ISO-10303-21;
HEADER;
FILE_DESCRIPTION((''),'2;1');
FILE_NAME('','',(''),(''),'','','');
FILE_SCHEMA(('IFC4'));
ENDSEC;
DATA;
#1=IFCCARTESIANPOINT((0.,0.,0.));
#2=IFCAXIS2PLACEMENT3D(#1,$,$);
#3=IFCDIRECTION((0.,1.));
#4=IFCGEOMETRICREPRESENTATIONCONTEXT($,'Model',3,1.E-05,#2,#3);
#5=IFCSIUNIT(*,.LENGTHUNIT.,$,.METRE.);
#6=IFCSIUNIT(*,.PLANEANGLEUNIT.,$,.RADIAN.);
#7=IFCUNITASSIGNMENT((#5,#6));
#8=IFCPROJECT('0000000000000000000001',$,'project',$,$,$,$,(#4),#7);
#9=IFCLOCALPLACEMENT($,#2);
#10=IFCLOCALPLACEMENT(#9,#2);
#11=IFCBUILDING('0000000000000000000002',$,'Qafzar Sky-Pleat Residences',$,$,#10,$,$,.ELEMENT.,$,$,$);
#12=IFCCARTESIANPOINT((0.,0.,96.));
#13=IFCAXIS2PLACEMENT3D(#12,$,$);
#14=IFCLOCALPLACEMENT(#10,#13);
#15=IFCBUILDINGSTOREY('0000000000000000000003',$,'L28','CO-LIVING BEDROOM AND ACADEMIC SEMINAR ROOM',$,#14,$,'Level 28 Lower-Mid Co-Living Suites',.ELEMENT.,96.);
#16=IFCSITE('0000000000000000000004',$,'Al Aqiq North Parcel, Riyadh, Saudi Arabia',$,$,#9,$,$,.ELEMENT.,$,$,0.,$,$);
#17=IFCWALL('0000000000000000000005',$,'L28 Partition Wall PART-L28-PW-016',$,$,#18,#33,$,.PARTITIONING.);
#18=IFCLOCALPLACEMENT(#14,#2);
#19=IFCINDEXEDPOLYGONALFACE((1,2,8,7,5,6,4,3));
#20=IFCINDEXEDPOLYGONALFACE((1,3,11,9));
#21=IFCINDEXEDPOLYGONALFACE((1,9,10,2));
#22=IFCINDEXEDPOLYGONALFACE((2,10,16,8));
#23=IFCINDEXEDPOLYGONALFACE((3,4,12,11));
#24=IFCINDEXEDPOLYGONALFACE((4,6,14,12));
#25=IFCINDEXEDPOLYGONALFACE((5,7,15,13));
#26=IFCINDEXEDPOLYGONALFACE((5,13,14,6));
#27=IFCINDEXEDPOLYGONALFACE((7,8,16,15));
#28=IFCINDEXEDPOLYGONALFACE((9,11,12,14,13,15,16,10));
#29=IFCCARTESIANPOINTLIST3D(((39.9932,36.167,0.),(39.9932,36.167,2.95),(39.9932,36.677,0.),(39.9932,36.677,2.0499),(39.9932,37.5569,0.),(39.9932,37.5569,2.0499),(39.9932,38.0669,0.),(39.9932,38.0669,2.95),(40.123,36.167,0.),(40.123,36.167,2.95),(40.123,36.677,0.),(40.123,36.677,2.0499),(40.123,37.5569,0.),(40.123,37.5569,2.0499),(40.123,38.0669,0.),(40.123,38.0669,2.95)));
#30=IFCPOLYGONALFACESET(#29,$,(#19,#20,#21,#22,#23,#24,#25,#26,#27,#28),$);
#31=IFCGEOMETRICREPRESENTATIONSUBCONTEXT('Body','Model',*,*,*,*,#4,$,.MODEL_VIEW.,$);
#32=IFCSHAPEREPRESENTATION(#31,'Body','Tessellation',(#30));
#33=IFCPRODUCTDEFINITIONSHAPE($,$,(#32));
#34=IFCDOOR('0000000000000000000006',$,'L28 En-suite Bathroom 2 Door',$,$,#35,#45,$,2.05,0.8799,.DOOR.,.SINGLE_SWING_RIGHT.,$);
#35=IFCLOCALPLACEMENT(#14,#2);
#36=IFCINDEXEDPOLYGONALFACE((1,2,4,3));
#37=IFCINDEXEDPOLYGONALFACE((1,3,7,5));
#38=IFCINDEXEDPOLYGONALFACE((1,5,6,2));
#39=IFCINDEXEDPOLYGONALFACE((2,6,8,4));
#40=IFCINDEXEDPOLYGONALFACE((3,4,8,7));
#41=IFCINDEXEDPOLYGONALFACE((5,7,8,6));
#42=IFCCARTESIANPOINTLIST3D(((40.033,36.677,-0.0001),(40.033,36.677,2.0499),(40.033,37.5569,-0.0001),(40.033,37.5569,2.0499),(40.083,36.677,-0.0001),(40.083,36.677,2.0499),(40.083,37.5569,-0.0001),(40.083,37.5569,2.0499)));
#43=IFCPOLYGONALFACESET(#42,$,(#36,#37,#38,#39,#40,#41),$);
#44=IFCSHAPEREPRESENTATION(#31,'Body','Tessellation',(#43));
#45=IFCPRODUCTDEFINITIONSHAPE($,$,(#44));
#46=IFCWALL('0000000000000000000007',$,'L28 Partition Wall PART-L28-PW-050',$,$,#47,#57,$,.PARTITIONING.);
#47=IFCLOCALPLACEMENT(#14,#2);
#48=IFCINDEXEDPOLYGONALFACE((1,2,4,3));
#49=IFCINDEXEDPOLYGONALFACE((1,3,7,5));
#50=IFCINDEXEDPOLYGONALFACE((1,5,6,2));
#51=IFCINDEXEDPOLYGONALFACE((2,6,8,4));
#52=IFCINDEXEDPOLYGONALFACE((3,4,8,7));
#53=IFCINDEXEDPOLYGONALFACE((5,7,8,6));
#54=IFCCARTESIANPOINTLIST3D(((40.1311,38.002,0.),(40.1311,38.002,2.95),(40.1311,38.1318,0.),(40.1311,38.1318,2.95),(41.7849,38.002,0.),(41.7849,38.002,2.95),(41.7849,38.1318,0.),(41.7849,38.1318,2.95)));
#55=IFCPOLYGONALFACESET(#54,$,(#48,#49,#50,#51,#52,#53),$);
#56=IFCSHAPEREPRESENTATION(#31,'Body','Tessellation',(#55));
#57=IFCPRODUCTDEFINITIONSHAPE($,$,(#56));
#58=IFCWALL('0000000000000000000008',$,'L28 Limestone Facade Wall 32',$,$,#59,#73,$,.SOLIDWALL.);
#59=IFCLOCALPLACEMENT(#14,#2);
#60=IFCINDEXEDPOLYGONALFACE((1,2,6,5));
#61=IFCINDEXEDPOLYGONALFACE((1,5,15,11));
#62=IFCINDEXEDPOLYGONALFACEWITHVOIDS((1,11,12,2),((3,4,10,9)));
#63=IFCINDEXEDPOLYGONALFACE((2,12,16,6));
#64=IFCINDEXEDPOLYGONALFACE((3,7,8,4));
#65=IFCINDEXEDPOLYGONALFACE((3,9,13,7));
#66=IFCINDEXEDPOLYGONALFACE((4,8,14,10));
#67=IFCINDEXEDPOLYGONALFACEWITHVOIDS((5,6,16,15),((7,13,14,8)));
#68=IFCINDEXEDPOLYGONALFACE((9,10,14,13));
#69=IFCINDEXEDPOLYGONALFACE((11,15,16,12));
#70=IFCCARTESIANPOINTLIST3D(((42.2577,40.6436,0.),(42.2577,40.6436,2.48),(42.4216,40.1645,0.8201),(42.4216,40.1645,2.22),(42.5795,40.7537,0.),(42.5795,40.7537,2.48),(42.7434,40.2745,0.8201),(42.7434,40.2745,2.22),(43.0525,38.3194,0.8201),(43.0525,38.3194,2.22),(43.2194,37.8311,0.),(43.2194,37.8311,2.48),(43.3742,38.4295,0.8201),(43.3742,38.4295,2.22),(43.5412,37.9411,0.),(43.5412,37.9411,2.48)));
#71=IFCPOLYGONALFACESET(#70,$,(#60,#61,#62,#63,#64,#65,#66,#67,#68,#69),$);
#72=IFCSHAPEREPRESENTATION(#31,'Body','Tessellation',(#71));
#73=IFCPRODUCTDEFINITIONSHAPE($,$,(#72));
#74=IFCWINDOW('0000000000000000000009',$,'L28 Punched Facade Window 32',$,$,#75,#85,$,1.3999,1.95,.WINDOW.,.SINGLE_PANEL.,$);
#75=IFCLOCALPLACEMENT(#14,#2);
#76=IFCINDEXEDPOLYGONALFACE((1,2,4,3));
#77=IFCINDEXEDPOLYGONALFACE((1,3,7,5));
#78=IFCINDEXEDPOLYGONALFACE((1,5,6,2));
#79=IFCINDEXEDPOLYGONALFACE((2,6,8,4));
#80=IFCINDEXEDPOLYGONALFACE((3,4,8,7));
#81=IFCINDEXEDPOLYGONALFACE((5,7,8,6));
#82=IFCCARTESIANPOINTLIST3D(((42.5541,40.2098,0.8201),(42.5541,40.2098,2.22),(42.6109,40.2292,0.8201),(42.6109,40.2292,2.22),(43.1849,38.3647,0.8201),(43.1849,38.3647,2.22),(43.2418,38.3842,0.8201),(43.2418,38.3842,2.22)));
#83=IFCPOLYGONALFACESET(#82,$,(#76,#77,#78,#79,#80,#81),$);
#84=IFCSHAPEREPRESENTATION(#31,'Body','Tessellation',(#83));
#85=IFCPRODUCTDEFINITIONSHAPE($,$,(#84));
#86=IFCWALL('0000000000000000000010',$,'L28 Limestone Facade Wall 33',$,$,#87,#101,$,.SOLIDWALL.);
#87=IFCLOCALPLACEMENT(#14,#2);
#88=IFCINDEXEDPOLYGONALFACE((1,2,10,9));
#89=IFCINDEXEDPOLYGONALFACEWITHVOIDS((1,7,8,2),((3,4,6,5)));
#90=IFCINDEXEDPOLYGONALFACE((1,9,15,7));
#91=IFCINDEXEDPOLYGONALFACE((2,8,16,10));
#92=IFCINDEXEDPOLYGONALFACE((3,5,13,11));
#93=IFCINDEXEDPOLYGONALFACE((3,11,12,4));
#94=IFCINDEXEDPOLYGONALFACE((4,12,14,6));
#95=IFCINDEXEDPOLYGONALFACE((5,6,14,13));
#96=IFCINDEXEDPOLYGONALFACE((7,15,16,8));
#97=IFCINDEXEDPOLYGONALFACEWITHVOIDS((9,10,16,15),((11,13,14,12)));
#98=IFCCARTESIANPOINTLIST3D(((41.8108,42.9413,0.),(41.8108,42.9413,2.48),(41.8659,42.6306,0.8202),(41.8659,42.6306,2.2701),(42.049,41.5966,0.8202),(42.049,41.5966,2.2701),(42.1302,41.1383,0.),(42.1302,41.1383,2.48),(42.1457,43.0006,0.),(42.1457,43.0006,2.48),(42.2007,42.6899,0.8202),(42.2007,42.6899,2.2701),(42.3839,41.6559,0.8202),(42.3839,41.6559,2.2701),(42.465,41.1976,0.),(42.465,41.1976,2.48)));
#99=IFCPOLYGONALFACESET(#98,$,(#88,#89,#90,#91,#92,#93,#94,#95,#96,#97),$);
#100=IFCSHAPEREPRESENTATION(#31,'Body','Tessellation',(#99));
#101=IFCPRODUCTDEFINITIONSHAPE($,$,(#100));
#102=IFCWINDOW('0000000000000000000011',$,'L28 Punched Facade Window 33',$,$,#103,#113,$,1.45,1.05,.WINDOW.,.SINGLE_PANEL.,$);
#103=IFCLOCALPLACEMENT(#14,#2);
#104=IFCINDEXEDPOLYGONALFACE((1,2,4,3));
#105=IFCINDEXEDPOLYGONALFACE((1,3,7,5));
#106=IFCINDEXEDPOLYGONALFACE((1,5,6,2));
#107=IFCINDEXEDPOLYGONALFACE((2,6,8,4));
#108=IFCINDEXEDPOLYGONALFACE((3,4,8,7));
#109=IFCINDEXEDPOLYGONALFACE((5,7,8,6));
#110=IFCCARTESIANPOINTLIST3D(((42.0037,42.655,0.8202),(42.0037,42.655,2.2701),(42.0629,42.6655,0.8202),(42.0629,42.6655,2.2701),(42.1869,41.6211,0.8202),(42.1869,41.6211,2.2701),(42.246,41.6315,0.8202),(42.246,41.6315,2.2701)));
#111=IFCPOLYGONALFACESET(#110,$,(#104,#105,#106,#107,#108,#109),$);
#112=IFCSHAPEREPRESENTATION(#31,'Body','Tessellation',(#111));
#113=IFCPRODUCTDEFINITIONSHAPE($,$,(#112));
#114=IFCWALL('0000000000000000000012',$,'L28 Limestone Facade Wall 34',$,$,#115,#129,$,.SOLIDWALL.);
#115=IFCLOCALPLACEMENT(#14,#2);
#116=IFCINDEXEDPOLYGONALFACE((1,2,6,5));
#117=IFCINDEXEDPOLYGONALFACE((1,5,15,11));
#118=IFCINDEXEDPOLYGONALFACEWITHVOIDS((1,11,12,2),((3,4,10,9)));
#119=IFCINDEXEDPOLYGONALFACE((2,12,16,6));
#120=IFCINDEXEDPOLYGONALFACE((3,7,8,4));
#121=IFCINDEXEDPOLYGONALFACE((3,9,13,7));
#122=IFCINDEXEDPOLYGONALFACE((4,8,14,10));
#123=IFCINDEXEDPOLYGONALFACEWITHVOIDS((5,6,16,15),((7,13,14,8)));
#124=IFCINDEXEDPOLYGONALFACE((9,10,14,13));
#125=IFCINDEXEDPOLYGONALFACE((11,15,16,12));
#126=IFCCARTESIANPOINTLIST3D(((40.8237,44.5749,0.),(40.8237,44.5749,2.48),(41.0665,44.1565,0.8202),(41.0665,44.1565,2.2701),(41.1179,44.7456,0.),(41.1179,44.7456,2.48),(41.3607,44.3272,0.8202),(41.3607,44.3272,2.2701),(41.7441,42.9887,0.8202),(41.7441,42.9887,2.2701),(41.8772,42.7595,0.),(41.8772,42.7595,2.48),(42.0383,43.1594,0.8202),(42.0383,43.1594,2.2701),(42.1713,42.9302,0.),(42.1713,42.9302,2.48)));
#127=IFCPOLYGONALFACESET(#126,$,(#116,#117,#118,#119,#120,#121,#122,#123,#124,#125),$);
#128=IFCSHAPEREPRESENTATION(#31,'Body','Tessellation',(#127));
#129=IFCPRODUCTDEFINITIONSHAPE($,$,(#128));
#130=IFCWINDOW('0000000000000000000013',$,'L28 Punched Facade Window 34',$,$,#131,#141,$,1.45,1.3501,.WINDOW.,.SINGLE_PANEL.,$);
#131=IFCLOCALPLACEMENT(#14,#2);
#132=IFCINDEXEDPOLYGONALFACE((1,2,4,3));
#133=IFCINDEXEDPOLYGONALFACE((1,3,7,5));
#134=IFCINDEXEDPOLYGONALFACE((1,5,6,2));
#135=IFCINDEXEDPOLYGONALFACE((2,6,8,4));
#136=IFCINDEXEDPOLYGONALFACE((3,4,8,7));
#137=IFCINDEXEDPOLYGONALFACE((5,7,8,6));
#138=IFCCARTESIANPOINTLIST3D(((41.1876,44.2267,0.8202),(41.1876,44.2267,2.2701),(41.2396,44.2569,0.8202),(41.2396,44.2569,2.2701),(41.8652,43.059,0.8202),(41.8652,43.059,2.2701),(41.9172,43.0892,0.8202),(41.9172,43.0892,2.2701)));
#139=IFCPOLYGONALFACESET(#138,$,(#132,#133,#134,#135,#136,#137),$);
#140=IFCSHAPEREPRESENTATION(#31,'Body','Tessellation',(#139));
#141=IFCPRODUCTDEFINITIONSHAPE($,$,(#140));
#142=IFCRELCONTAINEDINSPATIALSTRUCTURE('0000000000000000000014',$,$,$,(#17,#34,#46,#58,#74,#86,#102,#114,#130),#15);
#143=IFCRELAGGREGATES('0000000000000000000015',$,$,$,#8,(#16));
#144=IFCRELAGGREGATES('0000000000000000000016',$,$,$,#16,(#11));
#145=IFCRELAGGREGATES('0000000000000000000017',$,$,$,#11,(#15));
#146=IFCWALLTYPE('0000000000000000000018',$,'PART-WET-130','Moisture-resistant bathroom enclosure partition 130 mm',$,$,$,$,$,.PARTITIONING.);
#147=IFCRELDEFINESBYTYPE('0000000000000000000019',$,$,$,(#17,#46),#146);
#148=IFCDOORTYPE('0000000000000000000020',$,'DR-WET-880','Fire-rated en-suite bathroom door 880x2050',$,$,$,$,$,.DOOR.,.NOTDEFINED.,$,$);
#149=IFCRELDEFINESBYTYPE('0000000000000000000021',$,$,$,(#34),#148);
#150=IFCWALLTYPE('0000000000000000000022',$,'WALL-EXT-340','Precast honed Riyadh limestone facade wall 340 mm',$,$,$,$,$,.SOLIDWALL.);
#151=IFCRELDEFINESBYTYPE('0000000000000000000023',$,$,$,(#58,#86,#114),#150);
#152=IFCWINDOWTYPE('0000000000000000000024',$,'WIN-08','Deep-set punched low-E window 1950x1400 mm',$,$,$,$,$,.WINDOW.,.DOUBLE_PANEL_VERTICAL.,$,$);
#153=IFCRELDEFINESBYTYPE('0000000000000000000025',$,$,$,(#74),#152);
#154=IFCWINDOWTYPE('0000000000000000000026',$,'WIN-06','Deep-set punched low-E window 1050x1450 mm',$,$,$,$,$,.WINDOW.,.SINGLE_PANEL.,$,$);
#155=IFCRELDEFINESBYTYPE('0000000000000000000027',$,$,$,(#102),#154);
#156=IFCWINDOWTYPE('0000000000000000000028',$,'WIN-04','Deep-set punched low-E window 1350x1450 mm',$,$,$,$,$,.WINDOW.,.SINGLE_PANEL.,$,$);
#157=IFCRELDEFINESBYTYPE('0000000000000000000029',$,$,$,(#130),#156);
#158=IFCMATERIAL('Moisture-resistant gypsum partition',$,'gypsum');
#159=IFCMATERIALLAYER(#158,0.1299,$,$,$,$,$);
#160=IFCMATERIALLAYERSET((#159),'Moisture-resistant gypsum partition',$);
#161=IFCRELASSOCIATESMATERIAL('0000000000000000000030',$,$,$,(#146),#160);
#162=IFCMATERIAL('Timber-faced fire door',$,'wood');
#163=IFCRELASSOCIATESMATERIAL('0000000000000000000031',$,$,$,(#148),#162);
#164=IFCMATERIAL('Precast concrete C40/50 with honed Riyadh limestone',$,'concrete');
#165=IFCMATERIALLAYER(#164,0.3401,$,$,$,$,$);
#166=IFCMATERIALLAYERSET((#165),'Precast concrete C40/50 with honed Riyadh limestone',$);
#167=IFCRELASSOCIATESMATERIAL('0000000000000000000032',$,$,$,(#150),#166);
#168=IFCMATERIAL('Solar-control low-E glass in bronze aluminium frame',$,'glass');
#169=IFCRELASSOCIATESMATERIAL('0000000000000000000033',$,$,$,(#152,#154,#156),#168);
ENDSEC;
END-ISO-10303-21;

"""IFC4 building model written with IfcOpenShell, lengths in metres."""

from ifc_helpers import new_model, si_unit, direction, frame, frame_2d, origin, place, context, subcontext, project, spatial, rectangle, extrude, source, transform, mapped, material, layer, layer_set, type_object, element, fill, save


model = new_model("IFC4")

# Units and contexts
model_context = context("Model", 3, precision=1e-05, world=origin(), true_north=direction((0.0, 1.0)))
body_context = subcontext(model_context, "Body", "Model", "MODEL_VIEW")
ifc_project = project(units=[si_unit("LENGTHUNIT", "METRE"), si_unit("PLANEANGLEUNIT", "RADIAN")], contexts=[model_context])

# Site, building, storey
site_placement = place(None, origin())
site = spatial("IfcSite", under=ifc_project, at=site_placement, Name="Al Aqiq North Parcel, Riyadh, Saudi Arabia", CompositionType="ELEMENT", RefElevation=0.0)
building_placement = place(site_placement, origin())
building = spatial("IfcBuilding", under=site, at=building_placement, Name="Qafzar Sky-Pleat Residences", CompositionType="ELEMENT")
storey_placement = place(building_placement, frame((0.0, 0.0, 96.0)))
storey = spatial("IfcBuildingStorey", under=building, at=storey_placement, Name="L28", Description="CO-LIVING BEDROOM AND ACADEMIC SEMINAR ROOM", LongName="Level 28 Lower-Mid Co-Living Suites", CompositionType="ELEMENT", Elevation=96.0)

# Wall, opening, door
ifc_material_1 = material(Name="Moisture-resistant gypsum partition", Category="gypsum")
ifc_layer_1 = layer(ifc_material_1, 0.1299)
ifc_layer_set_1 = layer_set([ifc_layer_1], Name="Moisture-resistant gypsum partition")
wall_type_1 = type_object("IfcWallType", Name="PART-WET-130", Description="Moisture-resistant bathroom enclosure partition 130 mm", PredefinedType="PARTITIONING", material=ifc_layer_set_1)
wall_1_placement = place(storey_placement, frame((40.0581, 38.0669, 0.0), z_axis=(0.0, 0.0, 1.0), x_axis=(0.0, -1.0, 0.0)))
wall_1 = element("IfcWall", 1, at=wall_1_placement, inside=storey, type_object=wall_type_1, Name="L28 Partition Wall PART-L28-PW-016", PredefinedType="PARTITIONING", context=body_context, shape_type="SweptSolid", body=[
    extrude(rectangle(XDim=1.8999, YDim=0.1299, at=frame_2d((0.95, 0.0))), origin(), (0.0, 0.0, 1.0), 2.95),
])
opening_1_placement = place(wall_1_placement, frame((0.51, 0.0, 0.0)))
opening_1 = element("IfcOpeningElement", 2, at=opening_1_placement, cuts=wall_1, PredefinedType="OPENING", context=body_context, shape_type="SweptSolid", body=[
    extrude(rectangle(XDim=0.8799, YDim=2.05, at=frame_2d((0.4399, 1.0249))), frame((0.0, 0.075, 0.0), z_axis=(0.0, -1.0, 0.0), x_axis=(1.0, 0.0, 0.0)), (0.0, 0.0, 1.0), 0.1499),
])
ifc_material_2 = material(Name="Timber-faced fire door", Category="wood")
door_type = type_object("IfcDoorType", Name="DR-WET-880", Description="Fire-rated en-suite bathroom door 880x2050", OperationType="NOTDEFINED", PredefinedType="DOOR", material=ifc_material_2)
shared_shape_1 = source(origin(), body_context, "Body", "SweptSolid", [
    extrude(rectangle(XDim=0.8799, YDim=2.05, at=frame_2d((0.4399, 1.0249))), frame((0.0, 0.0249, 0.0), z_axis=(0.0, -1.0, 0.0), x_axis=(1.0, 0.0, 0.0)), (0.0, 0.0, 1.0), 0.05),
])
door_placement = place(opening_1_placement, origin())
door = element("IfcDoor", 3, at=door_placement, inside=storey, type_object=door_type, Name="L28 En-suite Bathroom 2 Door", OperationType="SINGLE_SWING_RIGHT", OverallHeight=2.05, OverallWidth=0.8799, PredefinedType="DOOR", context=body_context, shape_type="MappedRepresentation", body=[
    mapped(shared_shape_1, transform((0.0, 0.0, 0.0), x_axis=(1.0, 0.0, 0.0), y_axis=(0.0, 1.0, 0.0), z_axis=(0.0, 0.0, 1.0), scale=1.0)),
])
fill(opening_1, door)

# Wall
wall_2_placement = place(storey_placement, frame((40.1311, 38.0669, 0.0), z_axis=(0.0, 0.0, 1.0), x_axis=(1.0, 0.0, 0.0)))
element("IfcWall", 4, at=wall_2_placement, inside=storey, type_object=wall_type_1, Name="L28 Partition Wall PART-L28-PW-050", PredefinedType="PARTITIONING", context=body_context, shape_type="SweptSolid", body=[
    extrude(rectangle(XDim=1.6538, YDim=0.1299, at=frame_2d((0.8269, 0.0))), origin(), (0.0, 0.0, 1.0), 2.95),
])

# Walls, openings, windows
ifc_material_3 = material(Name="Precast concrete C40/50 with honed Riyadh limestone", Category="concrete")
ifc_layer_2 = layer(ifc_material_3, 0.3401)
ifc_layer_set_2 = layer_set([ifc_layer_2], Name="Precast concrete C40/50 with honed Riyadh limestone")
wall_type_2 = type_object("IfcWallType", Name="WALL-EXT-340", Description="Precast honed Riyadh limestone facade wall 340 mm", PredefinedType="SOLIDWALL", material=ifc_layer_set_2)
wall_3_placement = place(storey_placement, frame((43.3804, 37.886, 0.0), z_axis=(0.0, 0.0, 1.0), x_axis=(-0.323537, 0.946216, 0.0)))
wall_3 = element("IfcWall", 5, at=wall_3_placement, inside=storey, type_object=wall_type_2, Name="L28 Limestone Facade Wall 32", PredefinedType="SOLIDWALL", context=body_context, shape_type="SweptSolid", body=[
    extrude(rectangle(XDim=2.9724, YDim=0.3401, at=frame_2d((1.4863, 0.0))), origin(), (0.0, 0.0, 1.0), 2.48),
])
opening_2_placement = place(wall_3_placement, frame((0.5161, 0.0, 0.8201)))
opening_2 = element("IfcOpeningElement", 6, at=opening_2_placement, cuts=wall_3, PredefinedType="OPENING", context=body_context, shape_type="SweptSolid", body=[
    extrude(rectangle(XDim=1.95, YDim=1.3999, at=frame_2d((0.9751, 0.7))), frame((0.0, 0.1802, 0.0), z_axis=(0.0, -1.0, 0.0), x_axis=(1.0, 0.0, 0.0)), (0.0, 0.0, 1.0), 0.3601),
])
ifc_material_4 = material(Name="Solar-control low-E glass in bronze aluminium frame", Category="glass")
window_type_1 = type_object("IfcWindowType", Name="WIN-08", Description="Deep-set punched low-E window 1950x1400 mm", PartitioningType="DOUBLE_PANEL_VERTICAL", PredefinedType="WINDOW", material=ifc_material_4)
shared_shape_2 = source(origin(), body_context, "Body", "SweptSolid", [
    extrude(rectangle(XDim=1.95, YDim=1.3999, at=frame_2d((0.9751, 0.7))), frame((0.0, 0.03, 0.0), z_axis=(0.0, -1.0, 0.0), x_axis=(1.0, 0.0, 0.0)), (0.0, 0.0, 1.0), 0.0601),
])
window_1_placement = place(opening_2_placement, origin())
window_1 = element("IfcWindow", 7, at=window_1_placement, inside=storey, type_object=window_type_1, Name="L28 Punched Facade Window 32", OverallHeight=1.3999, OverallWidth=1.95, PartitioningType="SINGLE_PANEL", PredefinedType="WINDOW", context=body_context, shape_type="MappedRepresentation", body=[
    mapped(shared_shape_2, transform((0.0, 0.0, 0.0), x_axis=(1.0, 0.0, 0.0), y_axis=(0.0, 1.0, 0.0), z_axis=(0.0, 0.0, 1.0), scale=1.0)),
])
fill(opening_2, window_1)
wall_4_placement = place(storey_placement, frame((42.2976, 41.168, 0.0), z_axis=(0.0, 0.0, 1.0), x_axis=(-0.174401, 0.984675, 0.0)))
wall_4 = element("IfcWall", 8, at=wall_4_placement, inside=storey, type_object=wall_type_2, Name="L28 Limestone Facade Wall 33", PredefinedType="SOLIDWALL", context=body_context, shape_type="SweptSolid", body=[
    extrude(rectangle(XDim=1.8311, YDim=0.3401, at=frame_2d((0.9155, 0.0))), origin(), (0.0, 0.0, 1.0), 2.48),
])
opening_3_placement = place(wall_4_placement, frame((0.4656, 0.0, 0.8201)))
opening_3 = element("IfcOpeningElement", 9, at=opening_3_placement, cuts=wall_4, PredefinedType="OPENING", context=body_context, shape_type="SweptSolid", body=[
    extrude(rectangle(XDim=1.05, YDim=1.45, at=frame_2d((0.5249, 0.7251))), frame((0.0, 0.1802, 0.0), z_axis=(0.0, -1.0, 0.0), x_axis=(1.0, 0.0, 0.0)), (0.0, 0.0, 1.0), 0.3601),
])
window_type_2 = type_object("IfcWindowType", Name="WIN-06", Description="Deep-set punched low-E window 1050x1450 mm", PartitioningType="SINGLE_PANEL", PredefinedType="WINDOW", material=ifc_material_4)
shared_shape_3 = source(origin(), body_context, "Body", "SweptSolid", [
    extrude(rectangle(XDim=1.05, YDim=1.45, at=frame_2d((0.5249, 0.7251))), frame((0.0, 0.03, 0.0), z_axis=(0.0, -1.0, 0.0), x_axis=(1.0, 0.0, 0.0)), (0.0, 0.0, 1.0), 0.0601),
])
window_2_placement = place(opening_3_placement, origin())
window_2 = element("IfcWindow", 10, at=window_2_placement, inside=storey, type_object=window_type_2, Name="L28 Punched Facade Window 33", OverallHeight=1.45, OverallWidth=1.05, PartitioningType="SINGLE_PANEL", PredefinedType="WINDOW", context=body_context, shape_type="MappedRepresentation", body=[
    mapped(shared_shape_3, transform((0.0, 0.0, 0.0), x_axis=(1.0, 0.0, 0.0), y_axis=(0.0, 1.0, 0.0), z_axis=(0.0, 0.0, 1.0), scale=1.0)),
])
fill(opening_3, window_2)
wall_5_placement = place(storey_placement, frame((42.0242, 42.845, 0.0), z_axis=(0.0, 0.0, 1.0), x_axis=(-0.501903, 0.864924, 0.0)))
wall_5 = element("IfcWall", 11, at=wall_5_placement, inside=storey, type_object=wall_type_2, Name="L28 Limestone Facade Wall 34", PredefinedType="SOLIDWALL", context=body_context, shape_type="SweptSolid", body=[
    extrude(rectangle(XDim=2.0989, YDim=0.3401, at=frame_2d((1.0493, 0.0))), origin(), (0.0, 0.0, 1.0), 2.48),
])
opening_4_placement = place(wall_5_placement, frame((0.2649, 0.0, 0.8201)))
opening_4 = element("IfcOpeningElement", 12, at=opening_4_placement, cuts=wall_5, PredefinedType="OPENING", context=body_context, shape_type="SweptSolid", body=[
    extrude(rectangle(XDim=1.3501, YDim=1.45, at=frame_2d((0.675, 0.7251))), frame((0.0, 0.1802, 0.0), z_axis=(0.0, -1.0, 0.0), x_axis=(1.0, 0.0, 0.0)), (0.0, 0.0, 1.0), 0.3601),
])
window_type_3 = type_object("IfcWindowType", Name="WIN-04", Description="Deep-set punched low-E window 1350x1450 mm", PartitioningType="SINGLE_PANEL", PredefinedType="WINDOW", material=ifc_material_4)
shared_shape_4 = source(origin(), body_context, "Body", "SweptSolid", [
    extrude(rectangle(XDim=1.3501, YDim=1.45, at=frame_2d((0.675, 0.7251))), frame((0.0, 0.03, 0.0), z_axis=(0.0, -1.0, 0.0), x_axis=(1.0, 0.0, 0.0)), (0.0, 0.0, 1.0), 0.0601),
])
window_3_placement = place(opening_4_placement, origin())
window_3 = element("IfcWindow", 13, at=window_3_placement, inside=storey, type_object=window_type_3, Name="L28 Punched Facade Window 34", OverallHeight=1.45, OverallWidth=1.3501, PartitioningType="SINGLE_PANEL", PredefinedType="WINDOW", context=body_context, shape_type="MappedRepresentation", body=[
    mapped(shared_shape_4, transform((0.0, 0.0, 0.0), x_axis=(1.0, 0.0, 0.0), y_axis=(0.0, 1.0, 0.0), z_axis=(0.0, 0.0, 1.0), scale=1.0)),
])
fill(opening_4, window_3)

save(model, "model.ifc")
